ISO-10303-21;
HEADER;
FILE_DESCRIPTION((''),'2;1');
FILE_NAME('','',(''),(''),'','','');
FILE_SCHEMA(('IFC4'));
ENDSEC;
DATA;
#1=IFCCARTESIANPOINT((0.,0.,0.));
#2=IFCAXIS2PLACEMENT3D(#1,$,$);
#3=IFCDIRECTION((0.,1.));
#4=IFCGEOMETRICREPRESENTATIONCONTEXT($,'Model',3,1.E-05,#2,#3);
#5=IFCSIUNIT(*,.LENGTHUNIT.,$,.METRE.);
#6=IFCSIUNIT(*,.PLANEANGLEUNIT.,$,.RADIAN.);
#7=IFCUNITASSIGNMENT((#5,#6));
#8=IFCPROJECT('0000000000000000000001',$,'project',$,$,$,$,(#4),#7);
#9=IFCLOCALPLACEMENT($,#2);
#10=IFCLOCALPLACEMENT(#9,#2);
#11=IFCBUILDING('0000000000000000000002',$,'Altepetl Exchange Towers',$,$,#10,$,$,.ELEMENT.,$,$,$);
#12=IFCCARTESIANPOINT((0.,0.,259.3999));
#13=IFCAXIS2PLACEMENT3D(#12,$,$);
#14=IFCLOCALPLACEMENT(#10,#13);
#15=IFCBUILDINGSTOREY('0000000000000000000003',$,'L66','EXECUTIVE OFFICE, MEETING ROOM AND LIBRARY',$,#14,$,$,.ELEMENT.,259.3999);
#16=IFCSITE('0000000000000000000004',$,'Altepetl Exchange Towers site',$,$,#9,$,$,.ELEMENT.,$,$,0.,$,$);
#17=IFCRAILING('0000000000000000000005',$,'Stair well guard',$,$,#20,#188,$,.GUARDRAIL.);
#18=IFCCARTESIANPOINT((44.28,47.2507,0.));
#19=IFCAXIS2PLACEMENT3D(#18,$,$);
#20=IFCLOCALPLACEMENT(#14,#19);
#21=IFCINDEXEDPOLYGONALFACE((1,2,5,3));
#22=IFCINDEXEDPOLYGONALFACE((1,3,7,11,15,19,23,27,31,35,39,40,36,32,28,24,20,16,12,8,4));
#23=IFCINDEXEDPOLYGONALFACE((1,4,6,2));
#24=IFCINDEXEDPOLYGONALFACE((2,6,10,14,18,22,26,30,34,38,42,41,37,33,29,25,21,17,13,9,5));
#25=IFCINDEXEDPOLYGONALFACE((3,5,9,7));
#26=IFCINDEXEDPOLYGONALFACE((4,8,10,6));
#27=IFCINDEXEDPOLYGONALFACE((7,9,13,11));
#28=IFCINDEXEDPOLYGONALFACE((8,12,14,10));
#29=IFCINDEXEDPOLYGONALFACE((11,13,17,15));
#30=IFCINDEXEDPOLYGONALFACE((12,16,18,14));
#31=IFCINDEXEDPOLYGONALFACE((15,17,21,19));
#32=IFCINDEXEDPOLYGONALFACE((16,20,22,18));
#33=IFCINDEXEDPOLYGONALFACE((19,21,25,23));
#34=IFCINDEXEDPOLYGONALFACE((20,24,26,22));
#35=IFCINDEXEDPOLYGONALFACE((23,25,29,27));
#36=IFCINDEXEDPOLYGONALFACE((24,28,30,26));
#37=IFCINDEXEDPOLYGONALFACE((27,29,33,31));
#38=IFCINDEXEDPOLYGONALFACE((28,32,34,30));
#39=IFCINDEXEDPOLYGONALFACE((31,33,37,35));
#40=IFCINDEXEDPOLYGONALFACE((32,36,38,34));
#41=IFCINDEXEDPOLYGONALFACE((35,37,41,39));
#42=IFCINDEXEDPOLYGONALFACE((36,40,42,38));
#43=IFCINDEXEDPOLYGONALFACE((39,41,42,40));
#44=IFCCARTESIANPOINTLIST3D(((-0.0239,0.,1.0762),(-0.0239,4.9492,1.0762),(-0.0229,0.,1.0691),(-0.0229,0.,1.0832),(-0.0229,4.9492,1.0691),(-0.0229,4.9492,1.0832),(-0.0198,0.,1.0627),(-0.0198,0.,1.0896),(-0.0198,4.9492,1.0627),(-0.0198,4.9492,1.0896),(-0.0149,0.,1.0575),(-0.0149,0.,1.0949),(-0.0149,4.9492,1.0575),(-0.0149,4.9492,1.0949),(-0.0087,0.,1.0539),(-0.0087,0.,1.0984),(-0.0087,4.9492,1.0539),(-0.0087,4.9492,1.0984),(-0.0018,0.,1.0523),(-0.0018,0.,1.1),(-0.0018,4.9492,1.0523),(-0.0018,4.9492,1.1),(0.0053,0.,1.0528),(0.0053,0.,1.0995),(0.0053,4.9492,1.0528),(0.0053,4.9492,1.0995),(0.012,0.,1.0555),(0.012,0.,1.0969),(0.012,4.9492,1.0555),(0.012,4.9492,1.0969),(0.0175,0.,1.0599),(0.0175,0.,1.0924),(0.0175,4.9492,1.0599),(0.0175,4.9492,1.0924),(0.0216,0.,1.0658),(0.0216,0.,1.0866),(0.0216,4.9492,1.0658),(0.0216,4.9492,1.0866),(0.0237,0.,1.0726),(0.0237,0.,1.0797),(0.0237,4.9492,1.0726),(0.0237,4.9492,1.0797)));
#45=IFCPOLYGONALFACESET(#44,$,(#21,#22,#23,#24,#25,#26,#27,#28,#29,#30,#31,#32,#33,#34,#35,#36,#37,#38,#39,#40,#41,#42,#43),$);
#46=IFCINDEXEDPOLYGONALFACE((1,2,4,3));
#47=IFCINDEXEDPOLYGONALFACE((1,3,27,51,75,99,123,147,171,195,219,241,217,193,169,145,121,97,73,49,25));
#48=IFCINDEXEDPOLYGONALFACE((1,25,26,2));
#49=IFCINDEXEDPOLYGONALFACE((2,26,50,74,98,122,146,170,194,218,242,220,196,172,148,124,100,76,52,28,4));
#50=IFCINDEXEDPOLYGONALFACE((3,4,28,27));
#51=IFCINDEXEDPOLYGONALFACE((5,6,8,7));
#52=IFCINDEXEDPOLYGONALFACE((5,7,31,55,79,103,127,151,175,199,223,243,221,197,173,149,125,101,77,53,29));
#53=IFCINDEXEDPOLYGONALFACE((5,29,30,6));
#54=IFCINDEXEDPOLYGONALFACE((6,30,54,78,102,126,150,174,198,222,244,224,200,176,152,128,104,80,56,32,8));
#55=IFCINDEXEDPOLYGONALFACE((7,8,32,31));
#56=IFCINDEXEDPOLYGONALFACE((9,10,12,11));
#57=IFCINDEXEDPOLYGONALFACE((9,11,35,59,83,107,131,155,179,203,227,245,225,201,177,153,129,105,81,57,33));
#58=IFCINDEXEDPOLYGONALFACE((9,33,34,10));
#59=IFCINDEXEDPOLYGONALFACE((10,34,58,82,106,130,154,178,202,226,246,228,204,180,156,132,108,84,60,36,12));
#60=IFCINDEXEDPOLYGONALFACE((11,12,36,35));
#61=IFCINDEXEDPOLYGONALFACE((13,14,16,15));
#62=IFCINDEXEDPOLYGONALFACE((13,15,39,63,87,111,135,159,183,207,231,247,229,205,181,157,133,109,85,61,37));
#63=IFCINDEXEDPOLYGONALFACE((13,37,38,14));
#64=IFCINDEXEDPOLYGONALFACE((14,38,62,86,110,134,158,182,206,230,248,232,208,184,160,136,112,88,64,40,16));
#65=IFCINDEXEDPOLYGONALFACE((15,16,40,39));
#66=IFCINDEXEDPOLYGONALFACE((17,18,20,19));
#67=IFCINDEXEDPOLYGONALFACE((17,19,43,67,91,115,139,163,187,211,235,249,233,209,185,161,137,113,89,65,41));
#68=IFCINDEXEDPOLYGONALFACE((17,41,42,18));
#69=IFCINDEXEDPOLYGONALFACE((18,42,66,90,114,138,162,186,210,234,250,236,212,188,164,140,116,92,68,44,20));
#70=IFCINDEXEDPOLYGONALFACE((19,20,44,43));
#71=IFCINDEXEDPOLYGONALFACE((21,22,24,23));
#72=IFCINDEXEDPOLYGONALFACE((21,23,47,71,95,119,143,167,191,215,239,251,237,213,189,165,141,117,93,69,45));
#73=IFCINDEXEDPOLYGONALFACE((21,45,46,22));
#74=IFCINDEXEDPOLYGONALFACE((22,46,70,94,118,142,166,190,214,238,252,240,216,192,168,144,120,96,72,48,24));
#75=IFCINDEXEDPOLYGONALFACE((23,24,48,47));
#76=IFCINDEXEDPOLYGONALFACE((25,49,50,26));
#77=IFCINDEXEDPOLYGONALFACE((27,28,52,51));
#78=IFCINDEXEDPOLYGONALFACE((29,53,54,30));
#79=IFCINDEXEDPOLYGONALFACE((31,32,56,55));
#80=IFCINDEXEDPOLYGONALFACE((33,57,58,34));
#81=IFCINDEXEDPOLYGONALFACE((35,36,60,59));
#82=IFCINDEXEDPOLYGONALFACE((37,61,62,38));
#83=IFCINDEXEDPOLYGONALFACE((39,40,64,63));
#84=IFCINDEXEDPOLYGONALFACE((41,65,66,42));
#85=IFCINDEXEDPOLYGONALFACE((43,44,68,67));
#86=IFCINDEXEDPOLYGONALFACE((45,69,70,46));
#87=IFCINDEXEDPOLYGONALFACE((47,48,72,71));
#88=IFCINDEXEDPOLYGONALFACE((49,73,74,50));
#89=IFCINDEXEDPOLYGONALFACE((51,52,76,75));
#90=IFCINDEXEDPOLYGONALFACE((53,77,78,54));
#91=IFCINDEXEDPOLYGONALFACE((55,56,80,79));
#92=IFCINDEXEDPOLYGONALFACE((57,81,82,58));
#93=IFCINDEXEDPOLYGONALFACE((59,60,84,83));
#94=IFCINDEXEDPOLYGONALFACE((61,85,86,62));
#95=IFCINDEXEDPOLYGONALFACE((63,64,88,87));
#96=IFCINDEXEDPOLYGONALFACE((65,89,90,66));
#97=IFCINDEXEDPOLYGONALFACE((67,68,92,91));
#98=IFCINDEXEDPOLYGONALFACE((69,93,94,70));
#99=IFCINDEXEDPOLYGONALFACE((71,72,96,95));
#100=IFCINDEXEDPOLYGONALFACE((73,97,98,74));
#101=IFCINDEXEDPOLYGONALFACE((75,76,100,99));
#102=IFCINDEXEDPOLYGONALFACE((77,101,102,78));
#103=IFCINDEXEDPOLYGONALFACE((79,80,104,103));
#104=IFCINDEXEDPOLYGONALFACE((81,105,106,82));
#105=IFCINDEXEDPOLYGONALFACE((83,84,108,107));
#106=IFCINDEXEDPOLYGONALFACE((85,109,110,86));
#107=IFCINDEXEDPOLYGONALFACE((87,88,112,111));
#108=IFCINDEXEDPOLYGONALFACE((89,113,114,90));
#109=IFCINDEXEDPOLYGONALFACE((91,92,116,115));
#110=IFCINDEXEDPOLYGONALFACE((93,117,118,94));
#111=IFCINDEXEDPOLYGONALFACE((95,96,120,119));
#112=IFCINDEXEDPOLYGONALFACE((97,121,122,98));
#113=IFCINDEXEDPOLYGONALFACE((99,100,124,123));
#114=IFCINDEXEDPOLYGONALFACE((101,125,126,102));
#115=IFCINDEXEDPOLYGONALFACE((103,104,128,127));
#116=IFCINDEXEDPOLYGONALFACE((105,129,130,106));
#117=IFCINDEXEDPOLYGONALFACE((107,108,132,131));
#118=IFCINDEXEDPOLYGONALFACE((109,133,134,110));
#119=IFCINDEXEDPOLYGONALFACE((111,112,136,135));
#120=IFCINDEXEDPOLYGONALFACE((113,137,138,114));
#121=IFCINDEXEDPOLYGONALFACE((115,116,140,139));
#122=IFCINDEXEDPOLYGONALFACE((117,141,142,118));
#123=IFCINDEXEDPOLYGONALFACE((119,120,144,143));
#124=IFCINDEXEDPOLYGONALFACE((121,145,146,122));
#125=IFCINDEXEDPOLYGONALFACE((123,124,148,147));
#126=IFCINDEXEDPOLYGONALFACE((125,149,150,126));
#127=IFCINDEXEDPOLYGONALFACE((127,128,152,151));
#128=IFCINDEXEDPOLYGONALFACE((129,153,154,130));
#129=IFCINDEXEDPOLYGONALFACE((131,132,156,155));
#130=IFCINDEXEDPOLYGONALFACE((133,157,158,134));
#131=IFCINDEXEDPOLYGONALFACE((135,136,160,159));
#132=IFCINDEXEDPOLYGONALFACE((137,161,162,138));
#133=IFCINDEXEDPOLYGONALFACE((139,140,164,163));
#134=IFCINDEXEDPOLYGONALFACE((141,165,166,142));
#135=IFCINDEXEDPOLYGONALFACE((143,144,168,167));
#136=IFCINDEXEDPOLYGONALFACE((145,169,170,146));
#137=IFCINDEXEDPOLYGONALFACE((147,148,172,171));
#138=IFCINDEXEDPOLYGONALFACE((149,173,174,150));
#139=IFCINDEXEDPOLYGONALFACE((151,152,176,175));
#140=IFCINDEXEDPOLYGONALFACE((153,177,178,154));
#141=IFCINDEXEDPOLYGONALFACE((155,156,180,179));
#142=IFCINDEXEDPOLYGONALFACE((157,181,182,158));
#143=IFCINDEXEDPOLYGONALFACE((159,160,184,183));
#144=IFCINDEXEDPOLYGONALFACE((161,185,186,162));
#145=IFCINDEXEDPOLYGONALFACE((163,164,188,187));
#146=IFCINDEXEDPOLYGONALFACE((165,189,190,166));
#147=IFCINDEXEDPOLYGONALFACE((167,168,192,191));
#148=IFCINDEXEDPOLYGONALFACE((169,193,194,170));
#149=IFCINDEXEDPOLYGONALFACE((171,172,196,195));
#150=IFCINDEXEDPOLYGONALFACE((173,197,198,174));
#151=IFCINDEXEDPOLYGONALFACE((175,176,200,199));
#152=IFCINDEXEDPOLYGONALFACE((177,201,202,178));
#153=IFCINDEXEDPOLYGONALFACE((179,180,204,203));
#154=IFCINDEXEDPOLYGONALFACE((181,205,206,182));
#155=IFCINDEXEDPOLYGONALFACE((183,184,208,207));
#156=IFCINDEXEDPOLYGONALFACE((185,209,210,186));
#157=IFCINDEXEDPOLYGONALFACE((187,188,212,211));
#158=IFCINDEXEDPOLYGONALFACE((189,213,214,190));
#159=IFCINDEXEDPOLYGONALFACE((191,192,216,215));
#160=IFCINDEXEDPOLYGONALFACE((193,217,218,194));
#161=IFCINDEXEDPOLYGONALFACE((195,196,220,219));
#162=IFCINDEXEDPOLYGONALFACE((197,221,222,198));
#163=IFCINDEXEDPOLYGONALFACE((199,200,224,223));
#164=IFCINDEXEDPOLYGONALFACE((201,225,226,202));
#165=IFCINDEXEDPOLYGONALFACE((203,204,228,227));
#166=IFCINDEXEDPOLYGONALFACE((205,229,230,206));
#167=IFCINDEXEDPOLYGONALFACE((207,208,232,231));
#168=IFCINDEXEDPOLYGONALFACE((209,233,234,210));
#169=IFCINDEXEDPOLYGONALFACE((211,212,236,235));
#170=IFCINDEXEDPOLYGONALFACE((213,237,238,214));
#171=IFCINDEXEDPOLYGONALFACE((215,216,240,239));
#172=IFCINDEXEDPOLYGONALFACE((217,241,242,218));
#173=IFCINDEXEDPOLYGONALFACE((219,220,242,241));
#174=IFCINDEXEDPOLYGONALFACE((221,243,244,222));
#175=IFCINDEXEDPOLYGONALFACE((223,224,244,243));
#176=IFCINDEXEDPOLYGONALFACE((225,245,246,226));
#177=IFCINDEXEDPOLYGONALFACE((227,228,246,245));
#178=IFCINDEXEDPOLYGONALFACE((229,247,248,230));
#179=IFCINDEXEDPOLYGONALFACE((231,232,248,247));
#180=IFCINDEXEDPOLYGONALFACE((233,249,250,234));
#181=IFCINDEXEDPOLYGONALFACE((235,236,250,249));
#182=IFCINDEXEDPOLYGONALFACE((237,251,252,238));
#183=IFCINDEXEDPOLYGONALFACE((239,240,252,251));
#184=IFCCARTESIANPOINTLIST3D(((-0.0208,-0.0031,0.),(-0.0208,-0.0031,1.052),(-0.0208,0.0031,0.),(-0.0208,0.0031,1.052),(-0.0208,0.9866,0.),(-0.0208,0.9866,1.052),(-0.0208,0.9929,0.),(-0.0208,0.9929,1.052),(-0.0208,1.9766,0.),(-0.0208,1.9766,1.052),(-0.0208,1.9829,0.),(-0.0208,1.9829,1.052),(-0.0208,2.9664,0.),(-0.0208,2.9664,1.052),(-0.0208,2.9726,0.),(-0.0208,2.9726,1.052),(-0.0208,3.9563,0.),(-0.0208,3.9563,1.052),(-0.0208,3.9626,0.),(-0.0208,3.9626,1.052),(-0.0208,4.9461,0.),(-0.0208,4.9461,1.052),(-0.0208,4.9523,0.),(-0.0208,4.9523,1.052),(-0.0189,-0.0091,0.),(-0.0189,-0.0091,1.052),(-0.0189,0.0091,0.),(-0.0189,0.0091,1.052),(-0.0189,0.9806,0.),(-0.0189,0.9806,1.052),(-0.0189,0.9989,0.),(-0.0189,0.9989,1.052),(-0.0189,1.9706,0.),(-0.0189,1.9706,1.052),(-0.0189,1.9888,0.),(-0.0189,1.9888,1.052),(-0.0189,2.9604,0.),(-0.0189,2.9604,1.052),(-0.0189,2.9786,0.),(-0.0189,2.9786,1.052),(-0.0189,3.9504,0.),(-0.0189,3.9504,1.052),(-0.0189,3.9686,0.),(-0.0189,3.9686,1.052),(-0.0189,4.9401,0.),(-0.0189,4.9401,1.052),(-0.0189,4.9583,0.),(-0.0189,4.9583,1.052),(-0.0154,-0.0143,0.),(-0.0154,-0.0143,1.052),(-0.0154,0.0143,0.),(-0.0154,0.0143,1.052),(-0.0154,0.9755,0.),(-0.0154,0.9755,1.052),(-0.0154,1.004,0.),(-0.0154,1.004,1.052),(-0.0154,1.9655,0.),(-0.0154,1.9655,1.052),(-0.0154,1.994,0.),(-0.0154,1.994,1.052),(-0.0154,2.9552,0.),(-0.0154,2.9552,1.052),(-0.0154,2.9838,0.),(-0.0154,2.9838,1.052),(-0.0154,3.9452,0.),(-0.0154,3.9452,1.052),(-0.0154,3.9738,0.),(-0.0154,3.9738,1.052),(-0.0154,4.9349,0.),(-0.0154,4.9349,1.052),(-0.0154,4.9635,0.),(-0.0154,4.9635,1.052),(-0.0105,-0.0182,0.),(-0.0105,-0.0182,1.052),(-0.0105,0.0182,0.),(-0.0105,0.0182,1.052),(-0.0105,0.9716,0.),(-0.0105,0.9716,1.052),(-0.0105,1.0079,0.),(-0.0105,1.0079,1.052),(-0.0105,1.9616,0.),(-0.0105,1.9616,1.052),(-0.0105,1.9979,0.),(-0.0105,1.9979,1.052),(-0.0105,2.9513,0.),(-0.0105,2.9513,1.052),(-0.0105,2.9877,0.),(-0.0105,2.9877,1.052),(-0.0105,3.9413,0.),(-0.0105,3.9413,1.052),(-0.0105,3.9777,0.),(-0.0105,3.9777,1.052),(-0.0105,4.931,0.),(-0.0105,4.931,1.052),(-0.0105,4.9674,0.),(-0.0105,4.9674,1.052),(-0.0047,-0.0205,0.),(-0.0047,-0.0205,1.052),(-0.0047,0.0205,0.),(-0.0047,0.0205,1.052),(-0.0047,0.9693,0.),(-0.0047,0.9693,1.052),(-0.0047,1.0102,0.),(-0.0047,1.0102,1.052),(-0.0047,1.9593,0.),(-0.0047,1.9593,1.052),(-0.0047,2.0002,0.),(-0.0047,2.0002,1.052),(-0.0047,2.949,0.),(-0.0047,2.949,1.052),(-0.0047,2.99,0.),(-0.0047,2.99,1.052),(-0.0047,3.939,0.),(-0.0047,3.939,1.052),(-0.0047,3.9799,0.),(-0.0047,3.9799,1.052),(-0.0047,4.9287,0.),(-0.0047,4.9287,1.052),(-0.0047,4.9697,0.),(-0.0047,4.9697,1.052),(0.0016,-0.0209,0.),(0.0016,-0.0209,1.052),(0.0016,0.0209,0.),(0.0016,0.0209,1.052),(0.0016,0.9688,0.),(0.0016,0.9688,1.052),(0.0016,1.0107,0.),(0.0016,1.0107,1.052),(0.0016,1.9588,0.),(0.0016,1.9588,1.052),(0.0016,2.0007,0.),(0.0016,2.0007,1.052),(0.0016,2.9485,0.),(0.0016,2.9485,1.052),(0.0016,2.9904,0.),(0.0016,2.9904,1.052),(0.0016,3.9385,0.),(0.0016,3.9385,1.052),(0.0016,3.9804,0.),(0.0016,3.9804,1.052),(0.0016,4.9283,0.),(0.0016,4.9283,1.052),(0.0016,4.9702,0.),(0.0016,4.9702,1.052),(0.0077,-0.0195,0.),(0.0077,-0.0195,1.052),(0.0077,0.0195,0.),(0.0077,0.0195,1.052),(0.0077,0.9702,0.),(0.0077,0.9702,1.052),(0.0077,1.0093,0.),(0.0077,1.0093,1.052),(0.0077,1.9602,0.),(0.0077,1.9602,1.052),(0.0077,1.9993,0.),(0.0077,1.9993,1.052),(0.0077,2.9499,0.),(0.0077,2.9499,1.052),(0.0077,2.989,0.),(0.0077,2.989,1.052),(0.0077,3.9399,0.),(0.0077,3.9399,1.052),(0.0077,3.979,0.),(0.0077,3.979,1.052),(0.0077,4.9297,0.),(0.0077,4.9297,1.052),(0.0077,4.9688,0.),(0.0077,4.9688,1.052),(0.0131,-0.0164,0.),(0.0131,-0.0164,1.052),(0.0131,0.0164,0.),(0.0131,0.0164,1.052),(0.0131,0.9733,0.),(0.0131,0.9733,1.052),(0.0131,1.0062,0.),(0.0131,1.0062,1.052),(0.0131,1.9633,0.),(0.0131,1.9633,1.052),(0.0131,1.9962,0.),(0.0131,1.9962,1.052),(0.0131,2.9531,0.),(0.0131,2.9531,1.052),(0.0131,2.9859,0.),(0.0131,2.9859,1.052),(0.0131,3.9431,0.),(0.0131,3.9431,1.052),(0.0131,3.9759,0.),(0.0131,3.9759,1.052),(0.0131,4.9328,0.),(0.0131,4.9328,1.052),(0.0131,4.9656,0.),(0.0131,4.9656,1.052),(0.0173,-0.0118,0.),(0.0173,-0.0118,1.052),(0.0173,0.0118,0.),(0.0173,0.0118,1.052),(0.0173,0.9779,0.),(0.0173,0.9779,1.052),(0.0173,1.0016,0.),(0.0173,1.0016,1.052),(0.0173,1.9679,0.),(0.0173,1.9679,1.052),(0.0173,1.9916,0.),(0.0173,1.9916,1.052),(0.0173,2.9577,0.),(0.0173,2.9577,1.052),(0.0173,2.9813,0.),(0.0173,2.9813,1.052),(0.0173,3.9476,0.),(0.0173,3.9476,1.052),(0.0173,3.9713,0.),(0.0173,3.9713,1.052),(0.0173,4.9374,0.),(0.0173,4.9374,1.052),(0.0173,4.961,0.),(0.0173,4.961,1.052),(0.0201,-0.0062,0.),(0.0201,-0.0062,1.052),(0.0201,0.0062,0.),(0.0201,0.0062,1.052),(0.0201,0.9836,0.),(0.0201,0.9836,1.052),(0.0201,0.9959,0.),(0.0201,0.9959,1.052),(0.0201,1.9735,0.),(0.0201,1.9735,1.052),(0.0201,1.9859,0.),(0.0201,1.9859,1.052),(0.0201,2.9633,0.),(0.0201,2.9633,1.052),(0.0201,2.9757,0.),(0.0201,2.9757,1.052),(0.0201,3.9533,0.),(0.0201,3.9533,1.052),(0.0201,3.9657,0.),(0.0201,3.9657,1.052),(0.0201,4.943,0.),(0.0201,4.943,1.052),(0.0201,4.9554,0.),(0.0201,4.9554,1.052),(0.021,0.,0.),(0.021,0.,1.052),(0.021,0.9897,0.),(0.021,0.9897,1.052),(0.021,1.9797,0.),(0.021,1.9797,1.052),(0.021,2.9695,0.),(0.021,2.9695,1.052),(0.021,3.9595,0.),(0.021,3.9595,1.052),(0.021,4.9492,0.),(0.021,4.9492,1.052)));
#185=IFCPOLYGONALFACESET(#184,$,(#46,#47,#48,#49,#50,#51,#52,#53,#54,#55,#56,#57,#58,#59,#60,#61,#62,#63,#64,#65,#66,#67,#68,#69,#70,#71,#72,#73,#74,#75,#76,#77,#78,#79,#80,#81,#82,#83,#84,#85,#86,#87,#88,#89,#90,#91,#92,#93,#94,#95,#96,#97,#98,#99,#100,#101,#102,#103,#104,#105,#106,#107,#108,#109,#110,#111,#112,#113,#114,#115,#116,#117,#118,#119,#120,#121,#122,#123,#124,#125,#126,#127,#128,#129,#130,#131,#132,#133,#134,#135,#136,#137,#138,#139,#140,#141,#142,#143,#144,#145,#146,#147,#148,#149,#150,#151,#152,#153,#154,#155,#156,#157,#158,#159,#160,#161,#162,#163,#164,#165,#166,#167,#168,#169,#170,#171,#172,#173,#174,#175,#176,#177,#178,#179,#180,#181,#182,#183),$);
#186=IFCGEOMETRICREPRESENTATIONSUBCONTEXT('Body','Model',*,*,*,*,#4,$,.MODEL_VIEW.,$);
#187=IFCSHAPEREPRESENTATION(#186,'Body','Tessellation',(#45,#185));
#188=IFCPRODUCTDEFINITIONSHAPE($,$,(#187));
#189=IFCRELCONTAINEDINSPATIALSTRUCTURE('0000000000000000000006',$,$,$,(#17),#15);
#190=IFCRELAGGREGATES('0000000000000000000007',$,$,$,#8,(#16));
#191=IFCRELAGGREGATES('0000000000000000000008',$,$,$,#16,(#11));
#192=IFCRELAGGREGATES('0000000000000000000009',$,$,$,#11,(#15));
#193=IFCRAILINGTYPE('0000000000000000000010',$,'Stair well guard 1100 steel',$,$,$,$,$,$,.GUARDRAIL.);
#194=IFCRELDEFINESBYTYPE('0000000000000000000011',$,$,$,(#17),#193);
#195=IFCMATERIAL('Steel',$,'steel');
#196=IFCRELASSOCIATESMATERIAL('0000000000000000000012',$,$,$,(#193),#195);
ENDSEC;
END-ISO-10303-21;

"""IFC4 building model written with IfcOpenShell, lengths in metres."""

from ifc_helpers import new_model, si_unit, direction, frame, origin, origin_2d, place, context, subcontext, project, spatial, circle, extrude, source, transform, mapped, material, type_object, element, save


model = new_model("IFC4")

# Units and contexts
model_context = context("Model", 3, precision=1e-05, world=origin(), true_north=direction((0.0, 1.0)))
body_context = subcontext(model_context, "Body", "Model", "MODEL_VIEW")
ifc_project = project(units=[si_unit("LENGTHUNIT", "METRE"), si_unit("PLANEANGLEUNIT", "RADIAN")], contexts=[model_context])

# Site, building, storey
site_placement = place(None, origin())
site = spatial("IfcSite", under=ifc_project, at=site_placement, Name="Altepetl Exchange Towers site", CompositionType="ELEMENT", RefElevation=0.0)
building_placement = place(site_placement, origin())
building = spatial("IfcBuilding", under=site, at=building_placement, Name="Altepetl Exchange Towers", CompositionType="ELEMENT")
storey_placement = place(building_placement, frame((0.0, 0.0, 259.3999)))
storey = spatial("IfcBuildingStorey", under=building, at=storey_placement, Name="L66", Description="EXECUTIVE OFFICE, MEETING ROOM AND LIBRARY", CompositionType="ELEMENT", Elevation=259.3999)

# Railing
ifc_material_1 = material(Name="Steel", Category="steel")
railing_type_1 = type_object("IfcRailingType", Name="Stair well guard 1100 steel", PredefinedType="GUARDRAIL", material=ifc_material_1)
shared_shape_1 = source(origin(), body_context, "Body", "SweptSolid", [
    extrude(circle(Radius=0.021, at=origin_2d()), origin(), (0.0, 0.0, 1.0), 1.052),
])
railing_1_placement = place(storey_placement, frame((44.28, 47.2507, 0.0)))
element("IfcRailing", 1, at=railing_1_placement, inside=storey, type_object=railing_type_1, Name="Stair well guard", PredefinedType="GUARDRAIL", context=body_context, shape_type="SweptSolid", body=[
    extrude(circle(Radius=0.0239, at=origin_2d()), frame((0.0, 0.0, 1.0762), z_axis=(0.0, 1.0, 0.0), x_axis=(-1.0, 0.0, 0.0)), (0.0, 0.0, 1.0), 4.9492),
    mapped(shared_shape_1, transform((0.0, 0.0, 0.0))),
    mapped(shared_shape_1, transform((0.0, 0.9897, 0.0))),
    mapped(shared_shape_1, transform((0.0, 1.9797, 0.0))),
    mapped(shared_shape_1, transform((0.0, 2.9695, 0.0))),
    mapped(shared_shape_1, transform((0.0, 3.9595, 0.0))),
    mapped(shared_shape_1, transform((0.0, 4.9492, 0.0))),
])

save(model, "model.ifc")
